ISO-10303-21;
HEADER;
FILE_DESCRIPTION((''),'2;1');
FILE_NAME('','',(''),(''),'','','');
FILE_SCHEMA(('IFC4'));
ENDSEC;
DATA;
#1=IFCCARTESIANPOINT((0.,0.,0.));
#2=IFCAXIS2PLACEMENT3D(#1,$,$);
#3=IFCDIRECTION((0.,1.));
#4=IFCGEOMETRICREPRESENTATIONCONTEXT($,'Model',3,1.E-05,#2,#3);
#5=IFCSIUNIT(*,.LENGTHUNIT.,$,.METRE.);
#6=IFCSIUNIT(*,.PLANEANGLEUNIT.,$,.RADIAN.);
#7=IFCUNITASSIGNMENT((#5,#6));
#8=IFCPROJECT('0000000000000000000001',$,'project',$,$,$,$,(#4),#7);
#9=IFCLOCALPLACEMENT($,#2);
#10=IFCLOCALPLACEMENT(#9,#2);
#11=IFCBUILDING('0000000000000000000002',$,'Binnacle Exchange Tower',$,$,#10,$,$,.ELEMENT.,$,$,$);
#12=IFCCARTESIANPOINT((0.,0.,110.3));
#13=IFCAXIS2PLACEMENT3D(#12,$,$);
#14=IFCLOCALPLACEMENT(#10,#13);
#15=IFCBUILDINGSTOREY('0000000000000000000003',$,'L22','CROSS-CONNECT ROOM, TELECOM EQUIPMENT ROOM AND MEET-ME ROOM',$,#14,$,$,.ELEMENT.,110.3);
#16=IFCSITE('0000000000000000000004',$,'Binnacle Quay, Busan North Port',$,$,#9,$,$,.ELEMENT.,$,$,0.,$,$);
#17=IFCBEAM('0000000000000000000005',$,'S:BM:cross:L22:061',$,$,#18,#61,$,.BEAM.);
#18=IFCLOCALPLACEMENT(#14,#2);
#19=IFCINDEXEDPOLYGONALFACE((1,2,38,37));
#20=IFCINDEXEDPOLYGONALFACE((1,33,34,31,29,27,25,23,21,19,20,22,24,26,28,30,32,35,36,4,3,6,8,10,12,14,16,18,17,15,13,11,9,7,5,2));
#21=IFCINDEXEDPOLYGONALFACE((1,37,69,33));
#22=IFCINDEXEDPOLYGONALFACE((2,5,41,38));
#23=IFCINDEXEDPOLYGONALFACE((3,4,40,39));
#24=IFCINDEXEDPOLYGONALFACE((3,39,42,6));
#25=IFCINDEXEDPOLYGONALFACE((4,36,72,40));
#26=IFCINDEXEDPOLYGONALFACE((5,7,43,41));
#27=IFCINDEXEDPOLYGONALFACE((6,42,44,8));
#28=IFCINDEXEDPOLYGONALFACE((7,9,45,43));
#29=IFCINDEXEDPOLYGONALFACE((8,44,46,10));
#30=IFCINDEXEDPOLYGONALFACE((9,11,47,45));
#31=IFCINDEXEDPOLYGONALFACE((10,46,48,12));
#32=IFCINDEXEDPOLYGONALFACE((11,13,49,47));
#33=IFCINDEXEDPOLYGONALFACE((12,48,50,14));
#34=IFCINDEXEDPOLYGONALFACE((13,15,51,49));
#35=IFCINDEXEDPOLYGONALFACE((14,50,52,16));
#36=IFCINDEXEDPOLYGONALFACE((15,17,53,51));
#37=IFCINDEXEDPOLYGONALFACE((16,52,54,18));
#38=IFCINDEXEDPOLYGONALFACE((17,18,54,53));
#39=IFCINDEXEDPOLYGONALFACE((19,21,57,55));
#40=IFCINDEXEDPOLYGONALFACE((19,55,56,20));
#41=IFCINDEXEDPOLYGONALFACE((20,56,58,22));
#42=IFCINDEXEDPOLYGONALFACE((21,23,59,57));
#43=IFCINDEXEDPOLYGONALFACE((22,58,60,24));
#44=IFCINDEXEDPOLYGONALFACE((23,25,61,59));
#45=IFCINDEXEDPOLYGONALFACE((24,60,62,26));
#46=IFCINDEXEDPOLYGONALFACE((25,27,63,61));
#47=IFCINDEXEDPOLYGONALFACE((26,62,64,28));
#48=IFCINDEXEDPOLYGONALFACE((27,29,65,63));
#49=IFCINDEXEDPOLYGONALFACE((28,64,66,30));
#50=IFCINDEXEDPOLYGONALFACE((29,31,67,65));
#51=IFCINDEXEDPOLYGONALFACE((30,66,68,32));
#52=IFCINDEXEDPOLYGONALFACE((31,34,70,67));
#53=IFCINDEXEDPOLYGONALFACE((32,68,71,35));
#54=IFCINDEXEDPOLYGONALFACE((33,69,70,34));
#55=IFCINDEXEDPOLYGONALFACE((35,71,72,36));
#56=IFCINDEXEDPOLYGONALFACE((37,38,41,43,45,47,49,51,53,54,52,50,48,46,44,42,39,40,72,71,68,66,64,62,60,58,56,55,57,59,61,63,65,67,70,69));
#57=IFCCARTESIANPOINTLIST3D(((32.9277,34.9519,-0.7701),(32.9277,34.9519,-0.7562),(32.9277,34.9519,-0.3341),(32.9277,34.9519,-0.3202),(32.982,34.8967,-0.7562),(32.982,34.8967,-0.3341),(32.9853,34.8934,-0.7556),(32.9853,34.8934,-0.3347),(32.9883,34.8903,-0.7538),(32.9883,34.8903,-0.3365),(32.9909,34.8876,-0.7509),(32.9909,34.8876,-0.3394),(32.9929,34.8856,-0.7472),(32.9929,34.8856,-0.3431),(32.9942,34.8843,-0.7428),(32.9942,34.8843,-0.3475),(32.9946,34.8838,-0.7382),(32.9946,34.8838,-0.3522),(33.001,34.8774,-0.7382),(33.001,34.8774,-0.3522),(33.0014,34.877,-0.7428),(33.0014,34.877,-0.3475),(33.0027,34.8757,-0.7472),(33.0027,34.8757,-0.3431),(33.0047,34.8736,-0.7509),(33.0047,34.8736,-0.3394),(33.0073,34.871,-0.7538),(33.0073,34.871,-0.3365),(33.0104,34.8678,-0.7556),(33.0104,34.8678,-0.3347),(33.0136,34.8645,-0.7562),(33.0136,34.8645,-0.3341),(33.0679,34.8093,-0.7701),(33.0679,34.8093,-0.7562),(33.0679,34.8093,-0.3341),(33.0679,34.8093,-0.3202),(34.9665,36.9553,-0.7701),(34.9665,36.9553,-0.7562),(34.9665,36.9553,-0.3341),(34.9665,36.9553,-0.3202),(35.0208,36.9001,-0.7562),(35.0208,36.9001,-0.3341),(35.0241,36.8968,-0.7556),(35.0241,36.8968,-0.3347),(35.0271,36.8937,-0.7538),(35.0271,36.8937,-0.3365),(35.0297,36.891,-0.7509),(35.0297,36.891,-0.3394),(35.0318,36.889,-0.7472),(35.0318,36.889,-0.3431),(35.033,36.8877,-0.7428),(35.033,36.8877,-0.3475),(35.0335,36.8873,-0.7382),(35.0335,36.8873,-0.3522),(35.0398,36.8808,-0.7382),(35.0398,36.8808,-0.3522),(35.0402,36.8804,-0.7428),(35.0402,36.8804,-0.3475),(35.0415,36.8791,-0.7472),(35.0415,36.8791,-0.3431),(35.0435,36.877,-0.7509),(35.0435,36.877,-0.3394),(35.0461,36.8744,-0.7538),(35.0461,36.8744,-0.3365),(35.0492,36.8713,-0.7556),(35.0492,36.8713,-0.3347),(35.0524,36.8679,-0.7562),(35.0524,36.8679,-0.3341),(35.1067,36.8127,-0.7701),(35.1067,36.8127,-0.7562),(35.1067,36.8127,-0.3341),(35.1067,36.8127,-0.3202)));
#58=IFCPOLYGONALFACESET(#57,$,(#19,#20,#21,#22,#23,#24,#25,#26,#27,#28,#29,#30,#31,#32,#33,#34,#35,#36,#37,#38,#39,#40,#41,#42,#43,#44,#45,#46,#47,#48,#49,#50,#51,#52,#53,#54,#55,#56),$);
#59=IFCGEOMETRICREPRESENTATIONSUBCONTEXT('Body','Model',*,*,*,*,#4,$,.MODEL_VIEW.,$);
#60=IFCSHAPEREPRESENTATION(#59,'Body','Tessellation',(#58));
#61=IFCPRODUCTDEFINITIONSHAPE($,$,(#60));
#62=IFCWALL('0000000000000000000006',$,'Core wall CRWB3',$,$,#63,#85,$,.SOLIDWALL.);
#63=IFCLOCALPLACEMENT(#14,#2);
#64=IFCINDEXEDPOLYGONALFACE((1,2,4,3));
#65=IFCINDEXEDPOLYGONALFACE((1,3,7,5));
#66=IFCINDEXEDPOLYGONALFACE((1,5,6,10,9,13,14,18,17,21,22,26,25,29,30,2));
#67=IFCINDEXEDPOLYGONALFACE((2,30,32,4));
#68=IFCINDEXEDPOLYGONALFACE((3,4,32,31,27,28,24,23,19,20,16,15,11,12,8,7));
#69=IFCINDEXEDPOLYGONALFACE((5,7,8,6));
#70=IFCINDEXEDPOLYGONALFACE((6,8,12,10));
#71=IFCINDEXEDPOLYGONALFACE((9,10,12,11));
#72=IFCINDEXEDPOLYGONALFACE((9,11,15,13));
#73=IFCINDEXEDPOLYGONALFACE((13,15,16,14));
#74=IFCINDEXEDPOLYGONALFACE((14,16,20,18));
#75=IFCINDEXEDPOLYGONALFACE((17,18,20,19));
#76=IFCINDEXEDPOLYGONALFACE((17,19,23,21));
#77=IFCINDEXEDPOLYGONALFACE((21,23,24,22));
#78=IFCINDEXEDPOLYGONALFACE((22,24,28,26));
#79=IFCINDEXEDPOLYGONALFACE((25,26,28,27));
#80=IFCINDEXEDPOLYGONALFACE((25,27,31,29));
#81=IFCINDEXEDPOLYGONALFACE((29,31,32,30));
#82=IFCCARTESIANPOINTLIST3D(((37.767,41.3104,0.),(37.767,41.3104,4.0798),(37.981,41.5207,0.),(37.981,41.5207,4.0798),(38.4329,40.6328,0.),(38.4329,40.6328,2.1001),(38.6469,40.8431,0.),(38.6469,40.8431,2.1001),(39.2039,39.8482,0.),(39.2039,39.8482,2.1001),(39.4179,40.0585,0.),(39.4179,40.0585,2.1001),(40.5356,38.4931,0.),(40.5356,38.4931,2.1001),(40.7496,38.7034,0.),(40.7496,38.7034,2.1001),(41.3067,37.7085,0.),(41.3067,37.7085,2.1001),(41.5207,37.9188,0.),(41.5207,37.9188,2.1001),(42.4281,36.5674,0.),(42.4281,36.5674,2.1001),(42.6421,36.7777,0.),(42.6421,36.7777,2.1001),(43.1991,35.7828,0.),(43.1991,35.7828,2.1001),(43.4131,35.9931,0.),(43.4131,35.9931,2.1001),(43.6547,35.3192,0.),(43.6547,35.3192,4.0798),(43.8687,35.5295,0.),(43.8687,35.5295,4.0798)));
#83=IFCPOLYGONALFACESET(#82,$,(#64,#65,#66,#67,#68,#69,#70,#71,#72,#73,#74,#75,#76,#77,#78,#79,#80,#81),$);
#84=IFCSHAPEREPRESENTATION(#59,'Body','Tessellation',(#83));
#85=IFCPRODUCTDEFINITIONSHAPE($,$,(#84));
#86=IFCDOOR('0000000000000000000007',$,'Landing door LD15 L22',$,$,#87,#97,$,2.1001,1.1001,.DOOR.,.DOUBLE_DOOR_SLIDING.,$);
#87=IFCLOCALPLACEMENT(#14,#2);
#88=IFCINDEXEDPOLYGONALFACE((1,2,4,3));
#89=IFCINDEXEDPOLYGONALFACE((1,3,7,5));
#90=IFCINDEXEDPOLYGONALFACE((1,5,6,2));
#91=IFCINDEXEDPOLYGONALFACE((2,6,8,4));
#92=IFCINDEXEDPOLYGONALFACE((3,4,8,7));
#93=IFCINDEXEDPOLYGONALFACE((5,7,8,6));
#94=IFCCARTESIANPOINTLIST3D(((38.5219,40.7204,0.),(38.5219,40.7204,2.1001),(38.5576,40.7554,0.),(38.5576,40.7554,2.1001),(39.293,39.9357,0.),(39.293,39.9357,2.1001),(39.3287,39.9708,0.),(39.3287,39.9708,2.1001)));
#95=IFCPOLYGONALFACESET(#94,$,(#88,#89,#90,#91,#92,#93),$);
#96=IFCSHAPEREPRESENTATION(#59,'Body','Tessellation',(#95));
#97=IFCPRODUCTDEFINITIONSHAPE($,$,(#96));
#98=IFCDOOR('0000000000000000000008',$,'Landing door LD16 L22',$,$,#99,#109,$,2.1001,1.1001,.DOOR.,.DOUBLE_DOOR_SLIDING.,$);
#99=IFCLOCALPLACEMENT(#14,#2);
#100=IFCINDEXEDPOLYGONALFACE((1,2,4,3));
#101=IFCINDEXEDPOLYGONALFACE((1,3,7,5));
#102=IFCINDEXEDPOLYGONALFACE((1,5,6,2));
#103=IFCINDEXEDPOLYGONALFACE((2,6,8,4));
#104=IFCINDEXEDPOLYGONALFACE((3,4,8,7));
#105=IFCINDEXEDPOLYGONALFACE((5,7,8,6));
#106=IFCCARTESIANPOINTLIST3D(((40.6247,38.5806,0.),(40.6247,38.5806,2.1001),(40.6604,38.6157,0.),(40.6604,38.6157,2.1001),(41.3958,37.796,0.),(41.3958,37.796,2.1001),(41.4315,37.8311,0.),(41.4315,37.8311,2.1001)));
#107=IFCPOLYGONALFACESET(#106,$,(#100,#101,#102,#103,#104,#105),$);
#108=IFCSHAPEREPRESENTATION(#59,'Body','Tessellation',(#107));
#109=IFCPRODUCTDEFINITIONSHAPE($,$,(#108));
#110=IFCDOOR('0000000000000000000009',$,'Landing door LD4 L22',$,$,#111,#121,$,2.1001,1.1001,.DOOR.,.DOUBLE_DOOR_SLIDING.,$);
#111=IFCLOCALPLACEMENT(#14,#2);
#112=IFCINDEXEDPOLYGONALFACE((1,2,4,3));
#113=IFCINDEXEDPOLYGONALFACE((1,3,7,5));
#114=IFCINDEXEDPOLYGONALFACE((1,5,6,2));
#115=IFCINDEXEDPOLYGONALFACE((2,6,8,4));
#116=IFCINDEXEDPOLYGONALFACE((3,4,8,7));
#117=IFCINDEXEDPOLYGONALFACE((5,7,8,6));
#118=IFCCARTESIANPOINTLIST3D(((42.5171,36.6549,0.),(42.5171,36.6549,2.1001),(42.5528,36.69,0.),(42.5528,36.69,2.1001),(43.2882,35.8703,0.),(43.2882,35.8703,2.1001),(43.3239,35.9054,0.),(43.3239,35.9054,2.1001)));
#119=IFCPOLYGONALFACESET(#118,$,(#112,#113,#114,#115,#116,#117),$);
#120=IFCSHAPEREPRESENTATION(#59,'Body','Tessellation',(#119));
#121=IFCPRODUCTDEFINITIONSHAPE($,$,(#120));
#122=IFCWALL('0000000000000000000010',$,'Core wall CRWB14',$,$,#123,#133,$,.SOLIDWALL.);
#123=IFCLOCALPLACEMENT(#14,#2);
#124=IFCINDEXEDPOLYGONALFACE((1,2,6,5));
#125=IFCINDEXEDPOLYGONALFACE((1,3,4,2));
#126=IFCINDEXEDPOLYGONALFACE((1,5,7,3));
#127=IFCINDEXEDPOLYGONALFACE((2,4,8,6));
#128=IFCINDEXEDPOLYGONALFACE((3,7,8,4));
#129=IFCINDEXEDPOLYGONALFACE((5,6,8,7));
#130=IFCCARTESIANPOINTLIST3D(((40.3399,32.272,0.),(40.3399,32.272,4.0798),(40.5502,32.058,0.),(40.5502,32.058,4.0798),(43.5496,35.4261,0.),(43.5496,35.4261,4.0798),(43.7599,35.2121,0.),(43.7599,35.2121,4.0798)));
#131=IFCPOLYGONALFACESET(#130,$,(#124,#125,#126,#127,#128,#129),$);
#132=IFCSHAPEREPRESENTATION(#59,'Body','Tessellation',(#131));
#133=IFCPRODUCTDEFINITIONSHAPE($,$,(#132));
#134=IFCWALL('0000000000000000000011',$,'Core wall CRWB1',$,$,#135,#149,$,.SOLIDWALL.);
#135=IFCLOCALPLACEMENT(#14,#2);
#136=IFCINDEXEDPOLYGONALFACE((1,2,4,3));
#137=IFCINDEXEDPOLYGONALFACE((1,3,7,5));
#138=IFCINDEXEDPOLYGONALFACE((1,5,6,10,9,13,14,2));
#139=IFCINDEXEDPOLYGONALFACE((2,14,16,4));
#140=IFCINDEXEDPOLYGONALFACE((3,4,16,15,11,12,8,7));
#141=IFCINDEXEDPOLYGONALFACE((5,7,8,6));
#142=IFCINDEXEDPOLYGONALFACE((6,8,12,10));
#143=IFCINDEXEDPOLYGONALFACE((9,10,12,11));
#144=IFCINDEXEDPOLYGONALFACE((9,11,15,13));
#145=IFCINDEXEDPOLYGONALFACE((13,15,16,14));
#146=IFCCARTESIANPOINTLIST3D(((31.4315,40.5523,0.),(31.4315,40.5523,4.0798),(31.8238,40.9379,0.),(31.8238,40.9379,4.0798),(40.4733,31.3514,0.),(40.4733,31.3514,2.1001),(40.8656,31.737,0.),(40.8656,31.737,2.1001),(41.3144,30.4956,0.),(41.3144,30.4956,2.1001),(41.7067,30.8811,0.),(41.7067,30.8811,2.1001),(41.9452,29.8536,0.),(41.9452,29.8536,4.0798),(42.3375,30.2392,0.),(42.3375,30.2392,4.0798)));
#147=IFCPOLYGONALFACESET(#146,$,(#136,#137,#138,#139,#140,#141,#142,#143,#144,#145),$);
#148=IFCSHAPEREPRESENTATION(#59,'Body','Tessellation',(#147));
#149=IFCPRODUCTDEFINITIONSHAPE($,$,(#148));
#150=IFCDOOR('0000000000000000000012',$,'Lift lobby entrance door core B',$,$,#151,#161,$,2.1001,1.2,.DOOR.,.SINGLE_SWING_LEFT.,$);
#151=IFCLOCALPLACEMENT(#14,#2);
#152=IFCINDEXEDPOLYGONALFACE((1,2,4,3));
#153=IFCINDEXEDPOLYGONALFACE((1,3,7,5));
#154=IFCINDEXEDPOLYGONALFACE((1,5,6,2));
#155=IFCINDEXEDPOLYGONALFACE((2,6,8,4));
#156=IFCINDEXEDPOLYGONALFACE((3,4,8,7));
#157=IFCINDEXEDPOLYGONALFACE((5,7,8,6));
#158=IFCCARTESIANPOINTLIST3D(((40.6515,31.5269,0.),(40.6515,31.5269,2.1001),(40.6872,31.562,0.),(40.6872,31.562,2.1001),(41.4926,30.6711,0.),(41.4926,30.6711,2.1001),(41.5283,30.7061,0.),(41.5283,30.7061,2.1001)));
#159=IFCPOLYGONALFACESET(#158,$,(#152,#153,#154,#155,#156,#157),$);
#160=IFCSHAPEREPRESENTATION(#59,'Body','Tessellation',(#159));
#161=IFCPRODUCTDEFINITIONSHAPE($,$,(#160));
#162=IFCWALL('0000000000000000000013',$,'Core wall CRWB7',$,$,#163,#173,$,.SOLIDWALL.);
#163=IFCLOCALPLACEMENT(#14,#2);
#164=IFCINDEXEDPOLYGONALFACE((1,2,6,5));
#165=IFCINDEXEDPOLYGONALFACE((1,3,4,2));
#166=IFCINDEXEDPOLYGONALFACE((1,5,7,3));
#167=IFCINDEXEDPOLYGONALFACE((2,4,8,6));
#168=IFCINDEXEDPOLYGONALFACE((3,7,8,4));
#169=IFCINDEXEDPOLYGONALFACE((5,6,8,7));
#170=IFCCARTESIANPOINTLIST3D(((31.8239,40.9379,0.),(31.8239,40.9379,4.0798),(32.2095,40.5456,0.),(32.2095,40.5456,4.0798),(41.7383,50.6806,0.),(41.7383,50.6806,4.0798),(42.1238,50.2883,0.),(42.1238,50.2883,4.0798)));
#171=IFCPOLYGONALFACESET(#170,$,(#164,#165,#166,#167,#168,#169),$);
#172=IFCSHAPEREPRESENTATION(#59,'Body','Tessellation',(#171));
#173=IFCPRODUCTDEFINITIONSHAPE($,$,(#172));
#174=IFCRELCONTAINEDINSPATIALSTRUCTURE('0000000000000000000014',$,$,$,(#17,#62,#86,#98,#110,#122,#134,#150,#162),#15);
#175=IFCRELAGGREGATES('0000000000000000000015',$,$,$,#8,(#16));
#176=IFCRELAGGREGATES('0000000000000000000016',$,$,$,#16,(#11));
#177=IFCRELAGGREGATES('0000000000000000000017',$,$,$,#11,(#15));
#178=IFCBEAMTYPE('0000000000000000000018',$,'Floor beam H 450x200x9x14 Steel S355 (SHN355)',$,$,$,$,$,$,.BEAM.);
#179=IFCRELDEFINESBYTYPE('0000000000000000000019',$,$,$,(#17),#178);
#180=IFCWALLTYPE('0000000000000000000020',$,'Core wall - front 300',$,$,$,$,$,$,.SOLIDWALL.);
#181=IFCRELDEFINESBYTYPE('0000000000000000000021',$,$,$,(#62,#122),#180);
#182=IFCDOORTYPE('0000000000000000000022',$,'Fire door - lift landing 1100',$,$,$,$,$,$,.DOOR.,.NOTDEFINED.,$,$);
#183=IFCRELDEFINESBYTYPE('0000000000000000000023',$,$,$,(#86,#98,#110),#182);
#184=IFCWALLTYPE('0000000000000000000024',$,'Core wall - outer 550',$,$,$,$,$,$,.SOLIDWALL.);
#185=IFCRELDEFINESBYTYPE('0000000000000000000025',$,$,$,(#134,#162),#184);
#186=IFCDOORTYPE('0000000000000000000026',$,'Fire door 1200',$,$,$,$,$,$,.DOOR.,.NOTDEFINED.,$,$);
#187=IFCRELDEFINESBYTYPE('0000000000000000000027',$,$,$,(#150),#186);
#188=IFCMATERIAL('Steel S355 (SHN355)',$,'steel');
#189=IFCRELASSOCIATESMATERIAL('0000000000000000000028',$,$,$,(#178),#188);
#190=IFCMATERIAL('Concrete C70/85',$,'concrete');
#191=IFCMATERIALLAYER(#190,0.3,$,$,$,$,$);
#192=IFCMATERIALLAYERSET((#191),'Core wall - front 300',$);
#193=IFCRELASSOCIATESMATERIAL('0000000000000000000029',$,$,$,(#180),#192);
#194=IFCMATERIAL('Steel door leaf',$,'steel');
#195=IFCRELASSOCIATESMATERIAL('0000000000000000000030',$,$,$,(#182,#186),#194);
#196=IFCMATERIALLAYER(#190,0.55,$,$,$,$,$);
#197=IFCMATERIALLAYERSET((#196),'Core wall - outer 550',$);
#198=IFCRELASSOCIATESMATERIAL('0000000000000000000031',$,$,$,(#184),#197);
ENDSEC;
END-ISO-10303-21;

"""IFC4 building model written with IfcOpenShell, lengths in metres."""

from ifc_helpers import new_model, si_unit, direction, frame, frame_2d, origin, origin_2d, place, context, subcontext, project, spatial, rectangle, i_section, extrude, material, layer, layer_set, material_profile, profile_set, type_object, element, fill, save


model = new_model("IFC4")

# Units and contexts
model_context = context("Model", 3, precision=1e-05, world=origin(), true_north=direction((0.0, 1.0)))
body_context = subcontext(model_context, "Body", "Model", "MODEL_VIEW")
ifc_project = project(units=[si_unit("LENGTHUNIT", "METRE"), si_unit("PLANEANGLEUNIT", "RADIAN")], contexts=[model_context])

# Site, building, storey
site_placement = place(None, origin())
site = spatial("IfcSite", under=ifc_project, at=site_placement, Name="Binnacle Quay, Busan North Port", CompositionType="ELEMENT", RefElevation=0.0)
building_placement = place(site_placement, origin())
building = spatial("IfcBuilding", under=site, at=building_placement, Name="Binnacle Exchange Tower", CompositionType="ELEMENT")
storey_placement = place(building_placement, frame((0.0, 0.0, 110.3)))
storey = spatial("IfcBuildingStorey", under=building, at=storey_placement, Name="L22", Description="CROSS-CONNECT ROOM, TELECOM EQUIPMENT ROOM AND MEET-ME ROOM", CompositionType="ELEMENT", Elevation=110.3)

# Shared definitions
ifc_material_1 = material(Name="Concrete C70/85", Category="concrete")

# Beam
ifc_material_2 = material(Name="Steel S355 (SHN355)", Category="steel")
ifc_material_profile_1 = material_profile(ifc_material_2, i_section(OverallWidth=0.2, OverallDepth=0.45, WebThickness=0.009, FlangeThickness=0.0139, FilletRadius=0.0181, at=origin_2d()), Name="H 450x200x9x14")
ifc_profile_set_1 = profile_set([ifc_material_profile_1], Name="Steel S355 (SHN355)")
beam_type_1 = type_object("IfcBeamType", Name="Floor beam H 450x200x9x14 Steel S355 (SHN355)", PredefinedType="BEAM", material=ifc_profile_set_1)
beam_1_placement = place(storey_placement, frame((32.9978, 34.8806, -0.5452), z_axis=(0.713272, 0.700887, 0.0), x_axis=(-0.700887, 0.713272, 0.0)))
element("IfcBeam", 1, at=beam_1_placement, inside=storey, type_object=beam_type_1, Name="S:BM:cross:L22:061", PredefinedType="BEAM", context=body_context, shape_type="SweptSolid", body=[
    extrude(i_section(OverallWidth=0.2, OverallDepth=0.45, WebThickness=0.009, FlangeThickness=0.0139, FilletRadius=0.0181, at=origin_2d()), origin(), (0.0, 0.0, 1.0), 2.8584),
])

# Wall, openings, doors
ifc_layer_1 = layer(ifc_material_1, 0.3)
ifc_layer_set_1 = layer_set([ifc_layer_1], Name="Core wall - front 300")
wall_type_1 = type_object("IfcWallType", Name="Core wall - front 300", PredefinedType="SOLIDWALL", material=ifc_layer_set_1)
wall_1_placement = place(storey_placement, frame((37.874, 41.4155, 0.0), z_axis=(0.0, 0.0, 1.0), x_axis=(0.700918, -0.713242, 0.0)))
wall_1 = element("IfcWall", 2, at=wall_1_placement, inside=storey, type_object=wall_type_1, Name="Core wall CRWB3", PredefinedType="SOLIDWALL", context=body_context, shape_type="SweptSolid", body=[
    extrude(rectangle(XDim=8.3999, YDim=0.3, at=frame_2d((4.2, 0.0))), origin(), (0.0, 0.0, 1.0), 4.0798),
])
opening_1_placement = place(wall_1_placement, frame((0.95, 0.0, 0.0)))
opening_1 = element("IfcOpeningElement", 3, at=opening_1_placement, cuts=wall_1, PredefinedType="OPENING", context=body_context, shape_type="SweptSolid", body=[
    extrude(rectangle(XDim=1.1001, YDim=2.1001, at=frame_2d((0.55, 1.05))), frame((0.0, 0.1599, 0.0), z_axis=(0.0, -1.0, 0.0), x_axis=(1.0, 0.0, 0.0)), (0.0, 0.0, 1.0), 0.3201),
])
opening_2_placement = place(wall_1_placement, frame((3.95, 0.0, 0.0)))
opening_2 = element("IfcOpeningElement", 4, at=opening_2_placement, cuts=wall_1, PredefinedType="OPENING", context=body_context, shape_type="SweptSolid", body=[
    extrude(rectangle(XDim=1.1001, YDim=2.1001, at=frame_2d((0.55, 1.05))), frame((0.0, 0.1599, 0.0), z_axis=(0.0, -1.0, 0.0), x_axis=(1.0, 0.0, 0.0)), (0.0, 0.0, 1.0), 0.3201),
])
opening_3_placement = place(wall_1_placement, frame((6.6499, 0.0, 0.0)))
opening_3 = element("IfcOpeningElement", 5, at=opening_3_placement, cuts=wall_1, PredefinedType="OPENING", context=body_context, shape_type="SweptSolid", body=[
    extrude(rectangle(XDim=1.1001, YDim=2.1001, at=frame_2d((0.55, 1.05))), frame((0.0, 0.1599, 0.0), z_axis=(0.0, -1.0, 0.0), x_axis=(1.0, 0.0, 0.0)), (0.0, 0.0, 1.0), 0.3201),
])
ifc_material_3 = material(Name="Steel door leaf", Category="steel")
door_type_1 = type_object("IfcDoorType", Name="Fire door - lift landing 1100", OperationType="NOTDEFINED", PredefinedType="DOOR", material=ifc_material_3)
door_1_placement = place(opening_1_placement, origin())
door_1 = element("IfcDoor", 6, at=door_1_placement, inside=storey, type_object=door_type_1, Name="Landing door LD15 L22", OperationType="DOUBLE_DOOR_SLIDING", OverallHeight=2.1001, OverallWidth=1.1001, PredefinedType="DOOR", context=body_context, shape_type="SweptSolid", body=[
    extrude(rectangle(XDim=1.1001, YDim=2.1001, at=frame_2d((0.55, 1.05))), frame((0.0, 0.0249, 0.0), z_axis=(0.0, -1.0, 0.0), x_axis=(1.0, 0.0, 0.0)), (0.0, 0.0, 1.0), 0.05),
])
fill(opening_1, door_1)
door_2_placement = place(opening_2_placement, origin())
door_2 = element("IfcDoor", 7, at=door_2_placement, inside=storey, type_object=door_type_1, Name="Landing door LD16 L22", OperationType="DOUBLE_DOOR_SLIDING", OverallHeight=2.1001, OverallWidth=1.1001, PredefinedType="DOOR", context=body_context, shape_type="SweptSolid", body=[
    extrude(rectangle(XDim=1.1001, YDim=2.1001, at=frame_2d((0.55, 1.05))), frame((0.0, 0.0249, 0.0), z_axis=(0.0, -1.0, 0.0), x_axis=(1.0, 0.0, 0.0)), (0.0, 0.0, 1.0), 0.05),
])
fill(opening_2, door_2)
door_3_placement = place(opening_3_placement, origin())
door_3 = element("IfcDoor", 8, at=door_3_placement, inside=storey, type_object=door_type_1, Name="Landing door LD4 L22", OperationType="DOUBLE_DOOR_SLIDING", OverallHeight=2.1001, OverallWidth=1.1001, PredefinedType="DOOR", context=body_context, shape_type="SweptSolid", body=[
    extrude(rectangle(XDim=1.1001, YDim=2.1001, at=frame_2d((0.55, 1.05))), frame((0.0, 0.0249, 0.0), z_axis=(0.0, -1.0, 0.0), x_axis=(1.0, 0.0, 0.0)), (0.0, 0.0, 1.0), 0.05),
])
fill(opening_3, door_3)

# Wall
wall_2_placement = place(storey_placement, frame((40.4451, 32.165, 0.0), z_axis=(0.0, 0.0, 1.0), x_axis=(0.713265, 0.700895, 0.0)))
element("IfcWall", 9, at=wall_2_placement, inside=storey, type_object=wall_type_1, Name="Core wall CRWB14", PredefinedType="SOLIDWALL", context=body_context, shape_type="SweptSolid", body=[
    extrude(rectangle(XDim=4.5, YDim=0.3, at=frame_2d((2.25, 0.0))), origin(), (0.0, 0.0, 1.0), 4.0798),
])

# Wall, opening, door
ifc_layer_2 = layer(ifc_material_1, 0.55)
ifc_layer_set_2 = layer_set([ifc_layer_2], Name="Core wall - outer 550")
wall_type_2 = type_object("IfcWallType", Name="Core wall - outer 550", PredefinedType="SOLIDWALL", material=ifc_layer_set_2)
wall_3_placement = place(storey_placement, frame((31.6277, 40.7451, 0.0), z_axis=(0.0, 0.0, 1.0), x_axis=(0.700911, -0.713248, 0.0)))
wall_3 = element("IfcWall", 10, at=wall_3_placement, inside=storey, type_object=wall_type_2, Name="Core wall CRWB1", PredefinedType="SOLIDWALL", context=body_context, shape_type="SweptSolid", body=[
    extrude(rectangle(XDim=15.0, YDim=0.55, at=frame_2d((7.5, 0.0))), origin(), (0.0, 0.0, 1.0), 4.0798),
])
opening_4_placement = place(wall_3_placement, frame((12.8999, 0.0, 0.0)))
opening_4 = element("IfcOpeningElement", 11, at=opening_4_placement, cuts=wall_3, PredefinedType="OPENING", context=body_context, shape_type="SweptSolid", body=[
    extrude(rectangle(XDim=1.2, YDim=2.1001, at=frame_2d((0.6001, 1.05))), frame((0.0, 0.2849, 0.0), z_axis=(0.0, -1.0, 0.0), x_axis=(1.0, 0.0, 0.0)), (0.0, 0.0, 1.0), 0.5701),
])
door_type_2 = type_object("IfcDoorType", Name="Fire door 1200", OperationType="NOTDEFINED", PredefinedType="DOOR", material=ifc_material_3)
door_4_placement = place(opening_4_placement, frame((1.2, 0.0, 0.0), z_axis=(0.0, 0.0, 1.0), x_axis=(-1.0, 0.0, 0.0)))
door_4 = element("IfcDoor", 12, at=door_4_placement, inside=storey, type_object=door_type_2, Name="Lift lobby entrance door core B", OperationType="SINGLE_SWING_LEFT", OverallHeight=2.1001, OverallWidth=1.2, PredefinedType="DOOR", context=body_context, shape_type="SweptSolid", body=[
    extrude(rectangle(XDim=1.2, YDim=2.1001, at=frame_2d((0.6001, 1.05))), frame((0.0, 0.0249, 0.0), z_axis=(0.0, -1.0, 0.0), x_axis=(1.0, 0.0, 0.0)), (0.0, 0.0, 1.0), 0.05),
])
fill(opening_4, door_4)

# Wall
for number, where, z_axis, x_axis, name in (
    (13, (32.0166, 40.7417, 0.0), (0.0, 0.0, 1.0), (0.713254, 0.700906, 0.0), "Core wall CRWB7"),
):
    element("IfcWall", number, at=place(storey_placement, frame(where, z_axis=z_axis, x_axis=x_axis)), inside=storey, type_object=wall_type_2, Name=name, PredefinedType="SOLIDWALL", context=body_context, shape_type="SweptSolid", body=[
        extrude(rectangle(XDim=13.9001, YDim=0.55, at=frame_2d((6.9502, 0.0))), origin(), (0.0, 0.0, 1.0), 4.0798),
    ])

save(model, "model.ifc")
